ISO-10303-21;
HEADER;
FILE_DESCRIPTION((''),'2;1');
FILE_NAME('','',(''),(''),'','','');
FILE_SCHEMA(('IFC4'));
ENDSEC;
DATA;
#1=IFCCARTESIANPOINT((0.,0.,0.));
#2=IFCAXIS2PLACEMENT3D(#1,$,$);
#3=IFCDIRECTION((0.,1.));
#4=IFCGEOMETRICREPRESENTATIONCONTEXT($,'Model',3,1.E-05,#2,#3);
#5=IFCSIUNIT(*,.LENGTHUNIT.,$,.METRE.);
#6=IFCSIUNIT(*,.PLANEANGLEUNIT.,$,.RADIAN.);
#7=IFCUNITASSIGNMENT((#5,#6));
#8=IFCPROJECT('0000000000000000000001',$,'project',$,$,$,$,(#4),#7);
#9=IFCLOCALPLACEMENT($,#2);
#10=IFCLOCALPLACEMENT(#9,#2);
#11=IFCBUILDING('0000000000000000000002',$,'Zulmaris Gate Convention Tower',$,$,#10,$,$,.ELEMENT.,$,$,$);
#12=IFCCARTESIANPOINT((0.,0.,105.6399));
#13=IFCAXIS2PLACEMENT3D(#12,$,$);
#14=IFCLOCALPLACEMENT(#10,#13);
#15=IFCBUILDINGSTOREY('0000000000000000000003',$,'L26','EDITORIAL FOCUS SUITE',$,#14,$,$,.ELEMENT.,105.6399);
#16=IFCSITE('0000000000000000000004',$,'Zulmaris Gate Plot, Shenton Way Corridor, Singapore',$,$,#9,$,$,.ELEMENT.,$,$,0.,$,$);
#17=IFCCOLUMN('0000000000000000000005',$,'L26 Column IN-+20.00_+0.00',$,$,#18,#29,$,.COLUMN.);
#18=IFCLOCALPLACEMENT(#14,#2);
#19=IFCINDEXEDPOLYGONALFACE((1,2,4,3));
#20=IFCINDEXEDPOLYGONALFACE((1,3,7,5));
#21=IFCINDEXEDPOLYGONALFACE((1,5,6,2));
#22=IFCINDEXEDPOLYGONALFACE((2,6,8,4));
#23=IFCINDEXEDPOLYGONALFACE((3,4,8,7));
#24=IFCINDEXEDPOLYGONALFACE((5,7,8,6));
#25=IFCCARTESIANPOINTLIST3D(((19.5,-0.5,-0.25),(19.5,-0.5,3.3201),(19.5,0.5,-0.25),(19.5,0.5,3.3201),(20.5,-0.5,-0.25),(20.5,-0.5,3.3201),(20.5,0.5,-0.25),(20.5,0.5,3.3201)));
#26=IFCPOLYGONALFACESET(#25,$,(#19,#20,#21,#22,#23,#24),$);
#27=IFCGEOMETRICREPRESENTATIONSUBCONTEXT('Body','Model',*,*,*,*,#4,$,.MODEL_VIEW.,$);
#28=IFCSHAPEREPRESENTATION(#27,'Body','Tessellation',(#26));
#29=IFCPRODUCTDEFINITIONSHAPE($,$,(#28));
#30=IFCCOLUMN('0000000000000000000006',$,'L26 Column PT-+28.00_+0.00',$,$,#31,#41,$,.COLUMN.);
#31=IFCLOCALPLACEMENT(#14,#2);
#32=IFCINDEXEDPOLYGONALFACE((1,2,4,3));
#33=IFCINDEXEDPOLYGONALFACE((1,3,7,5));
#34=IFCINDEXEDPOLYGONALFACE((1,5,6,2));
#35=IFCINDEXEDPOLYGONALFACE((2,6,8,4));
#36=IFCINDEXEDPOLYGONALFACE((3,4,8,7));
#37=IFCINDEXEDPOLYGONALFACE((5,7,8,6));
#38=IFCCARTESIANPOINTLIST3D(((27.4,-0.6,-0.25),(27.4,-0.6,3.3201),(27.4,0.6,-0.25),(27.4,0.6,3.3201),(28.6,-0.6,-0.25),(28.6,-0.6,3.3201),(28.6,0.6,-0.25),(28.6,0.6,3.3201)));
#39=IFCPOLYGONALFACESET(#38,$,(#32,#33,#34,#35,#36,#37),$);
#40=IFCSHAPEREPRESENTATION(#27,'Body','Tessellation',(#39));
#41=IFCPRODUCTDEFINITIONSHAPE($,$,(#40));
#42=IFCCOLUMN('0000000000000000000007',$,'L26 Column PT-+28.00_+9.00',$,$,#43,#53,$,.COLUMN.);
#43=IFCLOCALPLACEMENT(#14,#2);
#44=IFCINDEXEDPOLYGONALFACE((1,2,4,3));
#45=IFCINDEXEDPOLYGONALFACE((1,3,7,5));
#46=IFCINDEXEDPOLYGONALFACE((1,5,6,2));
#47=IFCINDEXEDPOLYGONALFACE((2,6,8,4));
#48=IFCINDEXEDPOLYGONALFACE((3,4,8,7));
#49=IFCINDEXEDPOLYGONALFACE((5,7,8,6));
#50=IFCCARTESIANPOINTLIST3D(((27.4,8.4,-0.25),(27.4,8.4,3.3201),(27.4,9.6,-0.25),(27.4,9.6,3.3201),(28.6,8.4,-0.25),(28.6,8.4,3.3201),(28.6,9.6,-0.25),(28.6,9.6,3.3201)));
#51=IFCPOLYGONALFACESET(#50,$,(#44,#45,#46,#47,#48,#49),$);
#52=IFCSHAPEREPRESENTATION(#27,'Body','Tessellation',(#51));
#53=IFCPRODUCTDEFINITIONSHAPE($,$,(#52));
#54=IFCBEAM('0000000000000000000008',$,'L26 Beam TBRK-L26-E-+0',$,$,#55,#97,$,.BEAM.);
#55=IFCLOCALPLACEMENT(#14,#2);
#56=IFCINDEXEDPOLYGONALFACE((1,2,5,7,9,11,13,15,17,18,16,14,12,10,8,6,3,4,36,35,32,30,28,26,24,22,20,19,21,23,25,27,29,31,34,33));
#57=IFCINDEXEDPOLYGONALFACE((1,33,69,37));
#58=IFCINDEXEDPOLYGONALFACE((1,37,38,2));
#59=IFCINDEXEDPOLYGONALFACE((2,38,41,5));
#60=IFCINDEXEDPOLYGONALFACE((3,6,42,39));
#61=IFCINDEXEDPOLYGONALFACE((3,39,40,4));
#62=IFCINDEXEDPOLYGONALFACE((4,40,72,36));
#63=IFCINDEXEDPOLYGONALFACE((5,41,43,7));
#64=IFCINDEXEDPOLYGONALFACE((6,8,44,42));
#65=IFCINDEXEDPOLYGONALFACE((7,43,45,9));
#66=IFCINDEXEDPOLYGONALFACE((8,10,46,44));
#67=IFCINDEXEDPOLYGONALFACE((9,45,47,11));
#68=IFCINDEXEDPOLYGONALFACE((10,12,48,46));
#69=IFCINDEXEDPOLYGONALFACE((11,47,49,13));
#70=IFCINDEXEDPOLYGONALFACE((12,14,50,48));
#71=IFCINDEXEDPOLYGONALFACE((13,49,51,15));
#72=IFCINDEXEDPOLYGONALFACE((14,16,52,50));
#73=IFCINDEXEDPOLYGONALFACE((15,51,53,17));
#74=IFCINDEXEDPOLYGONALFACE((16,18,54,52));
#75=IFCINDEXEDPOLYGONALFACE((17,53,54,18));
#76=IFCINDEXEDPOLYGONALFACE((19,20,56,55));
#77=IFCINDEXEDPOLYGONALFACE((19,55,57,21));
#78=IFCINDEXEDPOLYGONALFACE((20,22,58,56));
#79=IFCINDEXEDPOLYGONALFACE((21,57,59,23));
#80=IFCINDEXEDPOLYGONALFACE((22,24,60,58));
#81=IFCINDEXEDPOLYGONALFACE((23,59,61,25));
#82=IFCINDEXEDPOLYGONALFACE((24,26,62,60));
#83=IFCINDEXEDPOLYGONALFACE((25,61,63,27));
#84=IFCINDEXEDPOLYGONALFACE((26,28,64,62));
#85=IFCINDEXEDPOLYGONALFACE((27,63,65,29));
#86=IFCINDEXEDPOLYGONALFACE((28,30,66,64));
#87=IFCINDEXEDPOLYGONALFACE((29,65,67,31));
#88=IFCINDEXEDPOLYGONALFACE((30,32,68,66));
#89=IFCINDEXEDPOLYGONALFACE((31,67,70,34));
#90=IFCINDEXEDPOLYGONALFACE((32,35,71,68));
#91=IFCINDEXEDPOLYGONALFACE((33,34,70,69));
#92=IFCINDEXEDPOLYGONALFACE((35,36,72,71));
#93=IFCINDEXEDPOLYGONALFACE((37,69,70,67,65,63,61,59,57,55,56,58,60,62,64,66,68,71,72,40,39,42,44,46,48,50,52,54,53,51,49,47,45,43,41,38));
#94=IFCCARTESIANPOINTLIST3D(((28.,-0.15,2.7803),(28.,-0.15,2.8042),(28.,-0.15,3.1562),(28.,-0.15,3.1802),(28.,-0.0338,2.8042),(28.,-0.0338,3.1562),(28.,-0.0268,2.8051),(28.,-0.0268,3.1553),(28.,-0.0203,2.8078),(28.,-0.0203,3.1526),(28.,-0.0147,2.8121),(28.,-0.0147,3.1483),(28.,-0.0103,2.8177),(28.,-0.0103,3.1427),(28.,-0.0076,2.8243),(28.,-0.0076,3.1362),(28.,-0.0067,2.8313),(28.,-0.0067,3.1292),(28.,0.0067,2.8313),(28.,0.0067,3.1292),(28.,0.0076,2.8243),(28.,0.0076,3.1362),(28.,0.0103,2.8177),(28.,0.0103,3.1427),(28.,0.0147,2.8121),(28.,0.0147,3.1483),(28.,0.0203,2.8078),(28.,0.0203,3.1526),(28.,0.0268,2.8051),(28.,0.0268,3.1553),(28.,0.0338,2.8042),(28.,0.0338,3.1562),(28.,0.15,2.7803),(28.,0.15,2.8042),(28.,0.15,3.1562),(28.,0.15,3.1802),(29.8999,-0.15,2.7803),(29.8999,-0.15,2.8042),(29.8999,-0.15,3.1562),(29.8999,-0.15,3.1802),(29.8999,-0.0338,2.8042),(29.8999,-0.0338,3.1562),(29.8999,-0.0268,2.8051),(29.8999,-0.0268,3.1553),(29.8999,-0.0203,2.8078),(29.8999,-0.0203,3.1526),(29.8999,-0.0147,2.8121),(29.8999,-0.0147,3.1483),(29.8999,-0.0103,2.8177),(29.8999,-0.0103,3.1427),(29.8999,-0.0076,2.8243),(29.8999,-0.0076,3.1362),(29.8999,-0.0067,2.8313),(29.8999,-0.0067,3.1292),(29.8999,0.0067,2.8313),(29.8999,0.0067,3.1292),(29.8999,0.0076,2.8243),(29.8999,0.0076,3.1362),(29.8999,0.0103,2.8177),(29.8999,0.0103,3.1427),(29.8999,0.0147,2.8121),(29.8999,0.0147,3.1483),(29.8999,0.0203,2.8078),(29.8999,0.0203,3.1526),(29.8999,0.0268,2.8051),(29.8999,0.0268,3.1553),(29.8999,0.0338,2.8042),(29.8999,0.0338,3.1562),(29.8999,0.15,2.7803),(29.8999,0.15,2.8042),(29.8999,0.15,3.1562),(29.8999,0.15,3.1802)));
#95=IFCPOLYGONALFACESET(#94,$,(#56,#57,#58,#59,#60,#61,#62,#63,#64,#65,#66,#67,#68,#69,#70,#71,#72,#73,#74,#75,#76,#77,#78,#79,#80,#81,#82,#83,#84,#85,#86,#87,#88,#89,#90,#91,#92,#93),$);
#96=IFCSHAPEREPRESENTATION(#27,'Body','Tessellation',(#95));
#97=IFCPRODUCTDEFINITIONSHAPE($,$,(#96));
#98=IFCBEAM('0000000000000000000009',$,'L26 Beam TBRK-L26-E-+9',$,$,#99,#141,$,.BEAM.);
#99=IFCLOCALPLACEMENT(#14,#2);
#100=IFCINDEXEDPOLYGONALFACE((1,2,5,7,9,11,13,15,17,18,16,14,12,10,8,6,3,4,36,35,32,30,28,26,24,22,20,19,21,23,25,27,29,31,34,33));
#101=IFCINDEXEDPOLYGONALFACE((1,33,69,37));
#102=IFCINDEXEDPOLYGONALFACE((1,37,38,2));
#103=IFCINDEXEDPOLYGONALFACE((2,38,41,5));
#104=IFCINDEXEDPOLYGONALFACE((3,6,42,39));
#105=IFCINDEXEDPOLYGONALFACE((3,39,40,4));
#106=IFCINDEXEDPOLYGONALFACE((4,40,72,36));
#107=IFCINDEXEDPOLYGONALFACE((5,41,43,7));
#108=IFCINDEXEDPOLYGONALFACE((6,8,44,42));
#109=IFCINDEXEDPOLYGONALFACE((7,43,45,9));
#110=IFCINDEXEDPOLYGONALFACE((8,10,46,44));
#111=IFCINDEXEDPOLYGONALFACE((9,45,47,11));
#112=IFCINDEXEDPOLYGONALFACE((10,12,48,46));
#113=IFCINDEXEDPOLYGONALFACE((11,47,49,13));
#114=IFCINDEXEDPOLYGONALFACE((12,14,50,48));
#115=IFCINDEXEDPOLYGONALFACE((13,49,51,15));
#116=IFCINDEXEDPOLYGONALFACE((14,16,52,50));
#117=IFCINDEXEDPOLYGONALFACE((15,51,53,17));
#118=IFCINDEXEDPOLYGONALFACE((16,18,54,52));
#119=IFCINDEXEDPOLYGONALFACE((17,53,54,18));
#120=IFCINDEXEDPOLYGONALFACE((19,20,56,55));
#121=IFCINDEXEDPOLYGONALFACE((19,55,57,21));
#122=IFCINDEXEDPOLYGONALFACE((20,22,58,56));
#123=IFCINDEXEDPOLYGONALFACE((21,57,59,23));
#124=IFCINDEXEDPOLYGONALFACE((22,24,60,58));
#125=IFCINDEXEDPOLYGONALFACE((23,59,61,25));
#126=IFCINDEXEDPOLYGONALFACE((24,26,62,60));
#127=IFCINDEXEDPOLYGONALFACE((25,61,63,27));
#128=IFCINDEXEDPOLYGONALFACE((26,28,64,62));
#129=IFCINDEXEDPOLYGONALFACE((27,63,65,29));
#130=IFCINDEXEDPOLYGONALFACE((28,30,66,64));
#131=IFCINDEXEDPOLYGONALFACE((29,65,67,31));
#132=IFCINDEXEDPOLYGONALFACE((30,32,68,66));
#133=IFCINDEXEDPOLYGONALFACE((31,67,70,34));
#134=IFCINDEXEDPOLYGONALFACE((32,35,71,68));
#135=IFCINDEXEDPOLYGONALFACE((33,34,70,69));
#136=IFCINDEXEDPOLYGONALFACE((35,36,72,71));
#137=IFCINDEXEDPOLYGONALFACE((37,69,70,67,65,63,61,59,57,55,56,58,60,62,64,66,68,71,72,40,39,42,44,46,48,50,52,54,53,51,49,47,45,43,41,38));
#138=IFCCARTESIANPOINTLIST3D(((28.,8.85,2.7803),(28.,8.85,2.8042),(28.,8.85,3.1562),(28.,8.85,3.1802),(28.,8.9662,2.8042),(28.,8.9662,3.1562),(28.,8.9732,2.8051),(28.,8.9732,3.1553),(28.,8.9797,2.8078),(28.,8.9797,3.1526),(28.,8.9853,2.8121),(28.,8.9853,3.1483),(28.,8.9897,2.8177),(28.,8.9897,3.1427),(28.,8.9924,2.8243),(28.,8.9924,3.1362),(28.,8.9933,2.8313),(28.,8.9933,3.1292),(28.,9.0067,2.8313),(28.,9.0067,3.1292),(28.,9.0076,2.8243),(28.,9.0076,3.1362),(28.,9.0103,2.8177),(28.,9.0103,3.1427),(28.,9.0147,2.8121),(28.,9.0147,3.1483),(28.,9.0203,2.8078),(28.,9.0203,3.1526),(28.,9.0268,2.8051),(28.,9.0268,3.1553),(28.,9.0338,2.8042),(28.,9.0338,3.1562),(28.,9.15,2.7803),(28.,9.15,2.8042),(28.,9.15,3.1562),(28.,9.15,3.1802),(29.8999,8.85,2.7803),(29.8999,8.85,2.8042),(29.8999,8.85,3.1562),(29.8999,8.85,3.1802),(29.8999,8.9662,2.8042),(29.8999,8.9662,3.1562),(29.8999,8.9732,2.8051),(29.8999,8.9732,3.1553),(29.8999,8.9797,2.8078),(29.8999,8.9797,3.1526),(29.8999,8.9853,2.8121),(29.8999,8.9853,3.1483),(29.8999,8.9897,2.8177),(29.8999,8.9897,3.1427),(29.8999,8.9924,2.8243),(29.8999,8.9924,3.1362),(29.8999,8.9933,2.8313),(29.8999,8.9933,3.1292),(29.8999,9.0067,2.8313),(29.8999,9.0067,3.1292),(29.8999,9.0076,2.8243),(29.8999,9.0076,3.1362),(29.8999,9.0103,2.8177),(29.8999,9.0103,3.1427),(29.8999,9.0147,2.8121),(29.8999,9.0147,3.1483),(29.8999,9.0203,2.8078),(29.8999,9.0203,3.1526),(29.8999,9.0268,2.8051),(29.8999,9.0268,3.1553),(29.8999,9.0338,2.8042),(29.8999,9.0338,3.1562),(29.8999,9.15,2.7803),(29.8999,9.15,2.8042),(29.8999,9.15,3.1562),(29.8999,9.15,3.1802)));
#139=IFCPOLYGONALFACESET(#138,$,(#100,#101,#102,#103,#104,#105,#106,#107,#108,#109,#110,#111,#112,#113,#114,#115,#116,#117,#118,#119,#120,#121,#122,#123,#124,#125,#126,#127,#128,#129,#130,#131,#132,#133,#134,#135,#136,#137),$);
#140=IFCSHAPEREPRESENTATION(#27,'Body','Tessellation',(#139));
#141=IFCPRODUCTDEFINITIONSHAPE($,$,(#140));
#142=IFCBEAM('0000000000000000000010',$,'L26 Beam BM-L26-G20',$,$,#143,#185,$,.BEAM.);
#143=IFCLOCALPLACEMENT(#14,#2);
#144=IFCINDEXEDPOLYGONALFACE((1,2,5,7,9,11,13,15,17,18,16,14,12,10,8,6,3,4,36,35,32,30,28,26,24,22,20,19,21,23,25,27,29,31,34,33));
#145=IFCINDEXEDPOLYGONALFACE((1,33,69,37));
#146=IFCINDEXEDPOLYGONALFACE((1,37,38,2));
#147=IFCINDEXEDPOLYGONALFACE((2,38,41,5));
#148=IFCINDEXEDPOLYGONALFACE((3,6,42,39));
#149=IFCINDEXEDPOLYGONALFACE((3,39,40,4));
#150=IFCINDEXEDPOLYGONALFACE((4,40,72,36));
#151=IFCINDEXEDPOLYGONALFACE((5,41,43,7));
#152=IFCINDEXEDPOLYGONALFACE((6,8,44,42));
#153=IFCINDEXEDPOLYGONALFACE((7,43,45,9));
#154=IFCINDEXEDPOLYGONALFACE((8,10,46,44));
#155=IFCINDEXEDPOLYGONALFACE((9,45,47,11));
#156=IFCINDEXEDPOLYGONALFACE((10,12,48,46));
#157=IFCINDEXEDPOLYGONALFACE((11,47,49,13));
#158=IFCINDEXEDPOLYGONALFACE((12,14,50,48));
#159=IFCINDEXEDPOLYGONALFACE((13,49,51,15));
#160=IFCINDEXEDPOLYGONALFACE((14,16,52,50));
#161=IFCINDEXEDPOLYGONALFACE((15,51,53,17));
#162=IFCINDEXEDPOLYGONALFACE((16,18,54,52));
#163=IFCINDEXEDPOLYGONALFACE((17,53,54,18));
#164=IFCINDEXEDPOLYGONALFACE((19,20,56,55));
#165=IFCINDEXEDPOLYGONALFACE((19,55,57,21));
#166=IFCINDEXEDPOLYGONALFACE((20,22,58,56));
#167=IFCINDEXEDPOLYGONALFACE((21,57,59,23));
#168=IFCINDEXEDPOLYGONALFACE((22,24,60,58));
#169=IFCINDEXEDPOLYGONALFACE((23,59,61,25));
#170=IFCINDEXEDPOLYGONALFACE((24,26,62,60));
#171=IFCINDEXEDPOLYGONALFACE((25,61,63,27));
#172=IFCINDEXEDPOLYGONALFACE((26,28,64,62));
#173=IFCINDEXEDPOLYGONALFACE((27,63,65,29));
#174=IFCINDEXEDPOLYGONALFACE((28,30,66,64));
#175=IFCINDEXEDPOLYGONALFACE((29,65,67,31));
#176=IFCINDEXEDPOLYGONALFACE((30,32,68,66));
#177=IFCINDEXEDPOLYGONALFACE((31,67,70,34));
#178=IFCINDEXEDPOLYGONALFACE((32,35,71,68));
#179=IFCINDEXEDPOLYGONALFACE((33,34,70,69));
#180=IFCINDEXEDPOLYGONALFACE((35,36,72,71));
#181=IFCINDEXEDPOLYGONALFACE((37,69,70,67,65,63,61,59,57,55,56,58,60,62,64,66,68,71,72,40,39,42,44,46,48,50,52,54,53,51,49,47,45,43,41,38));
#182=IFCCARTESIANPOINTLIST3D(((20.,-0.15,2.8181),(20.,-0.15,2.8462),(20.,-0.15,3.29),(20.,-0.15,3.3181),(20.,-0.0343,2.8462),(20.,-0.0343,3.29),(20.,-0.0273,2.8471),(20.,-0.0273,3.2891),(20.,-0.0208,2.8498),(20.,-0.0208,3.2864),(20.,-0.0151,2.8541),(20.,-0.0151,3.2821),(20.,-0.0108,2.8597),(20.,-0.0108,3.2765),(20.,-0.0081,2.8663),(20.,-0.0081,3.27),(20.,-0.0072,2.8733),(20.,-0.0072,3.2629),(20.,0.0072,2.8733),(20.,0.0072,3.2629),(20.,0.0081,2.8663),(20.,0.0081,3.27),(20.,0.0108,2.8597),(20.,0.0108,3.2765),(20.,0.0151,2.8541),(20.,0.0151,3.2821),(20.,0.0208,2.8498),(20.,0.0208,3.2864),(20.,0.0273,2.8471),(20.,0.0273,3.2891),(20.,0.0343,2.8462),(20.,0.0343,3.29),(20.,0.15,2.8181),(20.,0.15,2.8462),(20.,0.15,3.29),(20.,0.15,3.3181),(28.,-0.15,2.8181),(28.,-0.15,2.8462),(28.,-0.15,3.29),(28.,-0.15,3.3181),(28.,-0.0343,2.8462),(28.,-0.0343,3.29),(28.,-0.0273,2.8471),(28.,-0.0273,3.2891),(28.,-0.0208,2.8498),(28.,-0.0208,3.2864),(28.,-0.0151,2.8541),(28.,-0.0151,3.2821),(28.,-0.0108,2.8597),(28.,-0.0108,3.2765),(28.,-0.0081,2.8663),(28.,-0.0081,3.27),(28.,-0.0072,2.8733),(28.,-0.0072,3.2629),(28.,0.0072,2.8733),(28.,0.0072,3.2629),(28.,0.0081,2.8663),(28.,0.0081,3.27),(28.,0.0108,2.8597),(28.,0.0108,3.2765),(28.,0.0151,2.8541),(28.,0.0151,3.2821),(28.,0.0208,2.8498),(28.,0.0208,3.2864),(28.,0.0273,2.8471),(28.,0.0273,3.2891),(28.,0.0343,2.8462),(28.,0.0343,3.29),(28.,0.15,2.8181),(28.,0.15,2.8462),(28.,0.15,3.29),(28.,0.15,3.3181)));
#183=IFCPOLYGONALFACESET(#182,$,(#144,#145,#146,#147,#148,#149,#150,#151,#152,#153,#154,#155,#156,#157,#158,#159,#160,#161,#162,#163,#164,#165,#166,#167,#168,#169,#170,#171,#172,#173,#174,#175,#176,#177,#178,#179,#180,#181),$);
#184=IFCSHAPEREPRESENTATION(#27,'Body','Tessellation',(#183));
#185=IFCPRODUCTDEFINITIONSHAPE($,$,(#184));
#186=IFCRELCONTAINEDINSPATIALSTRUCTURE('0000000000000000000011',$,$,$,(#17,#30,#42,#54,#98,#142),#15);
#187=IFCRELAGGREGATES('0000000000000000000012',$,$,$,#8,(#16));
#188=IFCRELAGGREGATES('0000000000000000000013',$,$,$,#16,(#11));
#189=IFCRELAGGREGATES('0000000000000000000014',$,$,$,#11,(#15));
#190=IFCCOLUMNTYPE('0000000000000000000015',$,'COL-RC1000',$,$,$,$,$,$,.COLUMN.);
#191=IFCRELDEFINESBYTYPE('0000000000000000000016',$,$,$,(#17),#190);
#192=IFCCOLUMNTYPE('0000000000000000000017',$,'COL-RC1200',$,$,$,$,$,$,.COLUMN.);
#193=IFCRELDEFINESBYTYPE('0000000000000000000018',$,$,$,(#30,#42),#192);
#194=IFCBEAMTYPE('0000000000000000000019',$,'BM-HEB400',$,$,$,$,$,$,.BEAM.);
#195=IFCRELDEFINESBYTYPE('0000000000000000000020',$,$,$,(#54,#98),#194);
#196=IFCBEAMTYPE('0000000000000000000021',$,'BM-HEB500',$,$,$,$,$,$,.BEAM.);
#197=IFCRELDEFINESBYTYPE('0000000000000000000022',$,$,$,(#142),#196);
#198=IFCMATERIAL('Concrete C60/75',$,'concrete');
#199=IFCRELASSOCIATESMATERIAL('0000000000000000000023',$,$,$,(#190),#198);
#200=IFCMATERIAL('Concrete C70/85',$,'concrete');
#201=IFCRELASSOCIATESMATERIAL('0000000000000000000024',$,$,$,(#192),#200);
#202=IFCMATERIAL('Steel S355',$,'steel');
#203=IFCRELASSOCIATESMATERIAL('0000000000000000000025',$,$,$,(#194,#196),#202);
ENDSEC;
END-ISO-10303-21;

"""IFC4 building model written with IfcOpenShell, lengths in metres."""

from ifc_helpers import new_model, si_unit, direction, frame, origin, origin_2d, place, context, subcontext, project, spatial, rectangle, i_section, extrude, material, material_profile, profile_set, type_object, element, save


model = new_model("IFC4")

# Units and contexts
model_context = context("Model", 3, precision=1e-05, world=origin(), true_north=direction((0.0, 1.0)))
body_context = subcontext(model_context, "Body", "Model", "MODEL_VIEW")
ifc_project = project(units=[si_unit("LENGTHUNIT", "METRE"), si_unit("PLANEANGLEUNIT", "RADIAN")], contexts=[model_context])

# Site, building, storey
site_placement = place(None, origin())
site = spatial("IfcSite", under=ifc_project, at=site_placement, Name="Zulmaris Gate Plot, Shenton Way Corridor, Singapore", CompositionType="ELEMENT", RefElevation=0.0)
building_placement = place(site_placement, origin())
building = spatial("IfcBuilding", under=site, at=building_placement, Name="Zulmaris Gate Convention Tower", CompositionType="ELEMENT")
storey_placement = place(building_placement, frame((0.0, 0.0, 105.6399)))
storey = spatial("IfcBuildingStorey", under=building, at=storey_placement, Name="L26", Description="EDITORIAL FOCUS SUITE", CompositionType="ELEMENT", Elevation=105.6399)

# Columns
ifc_material_1 = material(Name="Concrete C60/75", Category="concrete")
ifc_material_profile_1 = material_profile(ifc_material_1, rectangle(XDim=1.0, YDim=1.0, at=origin_2d()), Name="RC COL 1000x1000")
ifc_profile_set_1 = profile_set([ifc_material_profile_1], Name="Concrete C60/75")
column_type_1 = type_object("IfcColumnType", Name="COL-RC1000", PredefinedType="COLUMN", material=ifc_profile_set_1)
column_placement = place(storey_placement, frame((20.0, 0.0, -0.25), z_axis=(0.0, 0.0, 1.0), x_axis=(1.0, 0.0, 0.0)))
element("IfcColumn", 1, at=column_placement, inside=storey, type_object=column_type_1, Name="L26 Column IN-+20.00_+0.00", PredefinedType="COLUMN", context=body_context, shape_type="SweptSolid", body=[
    extrude(rectangle(XDim=1.0, YDim=1.0, at=origin_2d()), origin(), (0.0, 0.0, 1.0), 3.5701),
])
ifc_material_2 = material(Name="Concrete C70/85", Category="concrete")
ifc_material_profile_2 = material_profile(ifc_material_2, rectangle(XDim=1.2, YDim=1.2, at=origin_2d()), Name="RC COL 1200x1200")
ifc_profile_set_2 = profile_set([ifc_material_profile_2], Name="Concrete C70/85")
column_type_2 = type_object("IfcColumnType", Name="COL-RC1200", PredefinedType="COLUMN", material=ifc_profile_set_2)
for number, where, z_axis, x_axis, name in (
    (2, (28.0, 0.0, -0.25), (0.0, 0.0, 1.0), (1.0, 0.0, 0.0), "L26 Column PT-+28.00_+0.00"),
    (3, (28.0, 9.0, -0.25), (0.0, 0.0, 1.0), (1.0, 0.0, 0.0), "L26 Column PT-+28.00_+9.00"),
):
    element("IfcColumn", number, at=place(storey_placement, frame(where, z_axis=z_axis, x_axis=x_axis)), inside=storey, type_object=column_type_2, Name=name, PredefinedType="COLUMN", context=body_context, shape_type="SweptSolid", body=[
        extrude(rectangle(XDim=1.2, YDim=1.2, at=origin_2d()), origin(), (0.0, 0.0, 1.0), 3.5701),
    ])

# Beams
ifc_material_3 = material(Name="Steel S355", Category="steel")
ifc_material_profile_3 = material_profile(ifc_material_3, i_section(OverallWidth=0.3, OverallDepth=0.3999, WebThickness=0.0134, FlangeThickness=0.0239, FilletRadius=0.0271, at=origin_2d()), Name="HEB 400")
ifc_profile_set_3 = profile_set([ifc_material_profile_3], Name="Steel S355")
beam_type_1 = type_object("IfcBeamType", Name="BM-HEB400", PredefinedType="BEAM", material=ifc_profile_set_3)
for number, where, z_axis, x_axis, name in (
    (4, (28.0, 0.0, 2.9802), (1.0, 0.0, 0.0), (0.0, 1.0, 0.0), "L26 Beam TBRK-L26-E-+0"),
    (5, (28.0, 9.0, 2.9802), (1.0, 0.0, 0.0), (0.0, 1.0, 0.0), "L26 Beam TBRK-L26-E-+9"),
):
    element("IfcBeam", number, at=place(storey_placement, frame(where, z_axis=z_axis, x_axis=x_axis)), inside=storey, type_object=beam_type_1, Name=name, PredefinedType="BEAM", context=body_context, shape_type="SweptSolid", body=[
        extrude(i_section(OverallWidth=0.3, OverallDepth=0.3999, WebThickness=0.0134, FlangeThickness=0.0239, FilletRadius=0.0271, at=origin_2d()), origin(), (0.0, 0.0, 1.0), 1.8999),
    ])
ifc_material_profile_4 = material_profile(ifc_material_3, i_section(OverallWidth=0.3, OverallDepth=0.5, WebThickness=0.0144, FlangeThickness=0.0281, FilletRadius=0.0271, at=origin_2d()), Name="HEB 500")
ifc_profile_set_4 = profile_set([ifc_material_profile_4], Name="Steel S355")
beam_type_2 = type_object("IfcBeamType", Name="BM-HEB500", PredefinedType="BEAM", material=ifc_profile_set_4)
for number, where, z_axis, x_axis, name in (
    (6, (20.0, 0.0, 3.0681), (1.0, 0.0, 0.0), (0.0, 1.0, 0.0), "L26 Beam BM-L26-G20"),
):
    element("IfcBeam", number, at=place(storey_placement, frame(where, z_axis=z_axis, x_axis=x_axis)), inside=storey, type_object=beam_type_2, Name=name, PredefinedType="BEAM", context=body_context, shape_type="SweptSolid", body=[
        extrude(i_section(OverallWidth=0.3, OverallDepth=0.5, WebThickness=0.0144, FlangeThickness=0.0281, FilletRadius=0.0271, at=origin_2d()), origin(), (0.0, 0.0, 1.0), 8.0),
    ])

save(model, "model.ifc")
